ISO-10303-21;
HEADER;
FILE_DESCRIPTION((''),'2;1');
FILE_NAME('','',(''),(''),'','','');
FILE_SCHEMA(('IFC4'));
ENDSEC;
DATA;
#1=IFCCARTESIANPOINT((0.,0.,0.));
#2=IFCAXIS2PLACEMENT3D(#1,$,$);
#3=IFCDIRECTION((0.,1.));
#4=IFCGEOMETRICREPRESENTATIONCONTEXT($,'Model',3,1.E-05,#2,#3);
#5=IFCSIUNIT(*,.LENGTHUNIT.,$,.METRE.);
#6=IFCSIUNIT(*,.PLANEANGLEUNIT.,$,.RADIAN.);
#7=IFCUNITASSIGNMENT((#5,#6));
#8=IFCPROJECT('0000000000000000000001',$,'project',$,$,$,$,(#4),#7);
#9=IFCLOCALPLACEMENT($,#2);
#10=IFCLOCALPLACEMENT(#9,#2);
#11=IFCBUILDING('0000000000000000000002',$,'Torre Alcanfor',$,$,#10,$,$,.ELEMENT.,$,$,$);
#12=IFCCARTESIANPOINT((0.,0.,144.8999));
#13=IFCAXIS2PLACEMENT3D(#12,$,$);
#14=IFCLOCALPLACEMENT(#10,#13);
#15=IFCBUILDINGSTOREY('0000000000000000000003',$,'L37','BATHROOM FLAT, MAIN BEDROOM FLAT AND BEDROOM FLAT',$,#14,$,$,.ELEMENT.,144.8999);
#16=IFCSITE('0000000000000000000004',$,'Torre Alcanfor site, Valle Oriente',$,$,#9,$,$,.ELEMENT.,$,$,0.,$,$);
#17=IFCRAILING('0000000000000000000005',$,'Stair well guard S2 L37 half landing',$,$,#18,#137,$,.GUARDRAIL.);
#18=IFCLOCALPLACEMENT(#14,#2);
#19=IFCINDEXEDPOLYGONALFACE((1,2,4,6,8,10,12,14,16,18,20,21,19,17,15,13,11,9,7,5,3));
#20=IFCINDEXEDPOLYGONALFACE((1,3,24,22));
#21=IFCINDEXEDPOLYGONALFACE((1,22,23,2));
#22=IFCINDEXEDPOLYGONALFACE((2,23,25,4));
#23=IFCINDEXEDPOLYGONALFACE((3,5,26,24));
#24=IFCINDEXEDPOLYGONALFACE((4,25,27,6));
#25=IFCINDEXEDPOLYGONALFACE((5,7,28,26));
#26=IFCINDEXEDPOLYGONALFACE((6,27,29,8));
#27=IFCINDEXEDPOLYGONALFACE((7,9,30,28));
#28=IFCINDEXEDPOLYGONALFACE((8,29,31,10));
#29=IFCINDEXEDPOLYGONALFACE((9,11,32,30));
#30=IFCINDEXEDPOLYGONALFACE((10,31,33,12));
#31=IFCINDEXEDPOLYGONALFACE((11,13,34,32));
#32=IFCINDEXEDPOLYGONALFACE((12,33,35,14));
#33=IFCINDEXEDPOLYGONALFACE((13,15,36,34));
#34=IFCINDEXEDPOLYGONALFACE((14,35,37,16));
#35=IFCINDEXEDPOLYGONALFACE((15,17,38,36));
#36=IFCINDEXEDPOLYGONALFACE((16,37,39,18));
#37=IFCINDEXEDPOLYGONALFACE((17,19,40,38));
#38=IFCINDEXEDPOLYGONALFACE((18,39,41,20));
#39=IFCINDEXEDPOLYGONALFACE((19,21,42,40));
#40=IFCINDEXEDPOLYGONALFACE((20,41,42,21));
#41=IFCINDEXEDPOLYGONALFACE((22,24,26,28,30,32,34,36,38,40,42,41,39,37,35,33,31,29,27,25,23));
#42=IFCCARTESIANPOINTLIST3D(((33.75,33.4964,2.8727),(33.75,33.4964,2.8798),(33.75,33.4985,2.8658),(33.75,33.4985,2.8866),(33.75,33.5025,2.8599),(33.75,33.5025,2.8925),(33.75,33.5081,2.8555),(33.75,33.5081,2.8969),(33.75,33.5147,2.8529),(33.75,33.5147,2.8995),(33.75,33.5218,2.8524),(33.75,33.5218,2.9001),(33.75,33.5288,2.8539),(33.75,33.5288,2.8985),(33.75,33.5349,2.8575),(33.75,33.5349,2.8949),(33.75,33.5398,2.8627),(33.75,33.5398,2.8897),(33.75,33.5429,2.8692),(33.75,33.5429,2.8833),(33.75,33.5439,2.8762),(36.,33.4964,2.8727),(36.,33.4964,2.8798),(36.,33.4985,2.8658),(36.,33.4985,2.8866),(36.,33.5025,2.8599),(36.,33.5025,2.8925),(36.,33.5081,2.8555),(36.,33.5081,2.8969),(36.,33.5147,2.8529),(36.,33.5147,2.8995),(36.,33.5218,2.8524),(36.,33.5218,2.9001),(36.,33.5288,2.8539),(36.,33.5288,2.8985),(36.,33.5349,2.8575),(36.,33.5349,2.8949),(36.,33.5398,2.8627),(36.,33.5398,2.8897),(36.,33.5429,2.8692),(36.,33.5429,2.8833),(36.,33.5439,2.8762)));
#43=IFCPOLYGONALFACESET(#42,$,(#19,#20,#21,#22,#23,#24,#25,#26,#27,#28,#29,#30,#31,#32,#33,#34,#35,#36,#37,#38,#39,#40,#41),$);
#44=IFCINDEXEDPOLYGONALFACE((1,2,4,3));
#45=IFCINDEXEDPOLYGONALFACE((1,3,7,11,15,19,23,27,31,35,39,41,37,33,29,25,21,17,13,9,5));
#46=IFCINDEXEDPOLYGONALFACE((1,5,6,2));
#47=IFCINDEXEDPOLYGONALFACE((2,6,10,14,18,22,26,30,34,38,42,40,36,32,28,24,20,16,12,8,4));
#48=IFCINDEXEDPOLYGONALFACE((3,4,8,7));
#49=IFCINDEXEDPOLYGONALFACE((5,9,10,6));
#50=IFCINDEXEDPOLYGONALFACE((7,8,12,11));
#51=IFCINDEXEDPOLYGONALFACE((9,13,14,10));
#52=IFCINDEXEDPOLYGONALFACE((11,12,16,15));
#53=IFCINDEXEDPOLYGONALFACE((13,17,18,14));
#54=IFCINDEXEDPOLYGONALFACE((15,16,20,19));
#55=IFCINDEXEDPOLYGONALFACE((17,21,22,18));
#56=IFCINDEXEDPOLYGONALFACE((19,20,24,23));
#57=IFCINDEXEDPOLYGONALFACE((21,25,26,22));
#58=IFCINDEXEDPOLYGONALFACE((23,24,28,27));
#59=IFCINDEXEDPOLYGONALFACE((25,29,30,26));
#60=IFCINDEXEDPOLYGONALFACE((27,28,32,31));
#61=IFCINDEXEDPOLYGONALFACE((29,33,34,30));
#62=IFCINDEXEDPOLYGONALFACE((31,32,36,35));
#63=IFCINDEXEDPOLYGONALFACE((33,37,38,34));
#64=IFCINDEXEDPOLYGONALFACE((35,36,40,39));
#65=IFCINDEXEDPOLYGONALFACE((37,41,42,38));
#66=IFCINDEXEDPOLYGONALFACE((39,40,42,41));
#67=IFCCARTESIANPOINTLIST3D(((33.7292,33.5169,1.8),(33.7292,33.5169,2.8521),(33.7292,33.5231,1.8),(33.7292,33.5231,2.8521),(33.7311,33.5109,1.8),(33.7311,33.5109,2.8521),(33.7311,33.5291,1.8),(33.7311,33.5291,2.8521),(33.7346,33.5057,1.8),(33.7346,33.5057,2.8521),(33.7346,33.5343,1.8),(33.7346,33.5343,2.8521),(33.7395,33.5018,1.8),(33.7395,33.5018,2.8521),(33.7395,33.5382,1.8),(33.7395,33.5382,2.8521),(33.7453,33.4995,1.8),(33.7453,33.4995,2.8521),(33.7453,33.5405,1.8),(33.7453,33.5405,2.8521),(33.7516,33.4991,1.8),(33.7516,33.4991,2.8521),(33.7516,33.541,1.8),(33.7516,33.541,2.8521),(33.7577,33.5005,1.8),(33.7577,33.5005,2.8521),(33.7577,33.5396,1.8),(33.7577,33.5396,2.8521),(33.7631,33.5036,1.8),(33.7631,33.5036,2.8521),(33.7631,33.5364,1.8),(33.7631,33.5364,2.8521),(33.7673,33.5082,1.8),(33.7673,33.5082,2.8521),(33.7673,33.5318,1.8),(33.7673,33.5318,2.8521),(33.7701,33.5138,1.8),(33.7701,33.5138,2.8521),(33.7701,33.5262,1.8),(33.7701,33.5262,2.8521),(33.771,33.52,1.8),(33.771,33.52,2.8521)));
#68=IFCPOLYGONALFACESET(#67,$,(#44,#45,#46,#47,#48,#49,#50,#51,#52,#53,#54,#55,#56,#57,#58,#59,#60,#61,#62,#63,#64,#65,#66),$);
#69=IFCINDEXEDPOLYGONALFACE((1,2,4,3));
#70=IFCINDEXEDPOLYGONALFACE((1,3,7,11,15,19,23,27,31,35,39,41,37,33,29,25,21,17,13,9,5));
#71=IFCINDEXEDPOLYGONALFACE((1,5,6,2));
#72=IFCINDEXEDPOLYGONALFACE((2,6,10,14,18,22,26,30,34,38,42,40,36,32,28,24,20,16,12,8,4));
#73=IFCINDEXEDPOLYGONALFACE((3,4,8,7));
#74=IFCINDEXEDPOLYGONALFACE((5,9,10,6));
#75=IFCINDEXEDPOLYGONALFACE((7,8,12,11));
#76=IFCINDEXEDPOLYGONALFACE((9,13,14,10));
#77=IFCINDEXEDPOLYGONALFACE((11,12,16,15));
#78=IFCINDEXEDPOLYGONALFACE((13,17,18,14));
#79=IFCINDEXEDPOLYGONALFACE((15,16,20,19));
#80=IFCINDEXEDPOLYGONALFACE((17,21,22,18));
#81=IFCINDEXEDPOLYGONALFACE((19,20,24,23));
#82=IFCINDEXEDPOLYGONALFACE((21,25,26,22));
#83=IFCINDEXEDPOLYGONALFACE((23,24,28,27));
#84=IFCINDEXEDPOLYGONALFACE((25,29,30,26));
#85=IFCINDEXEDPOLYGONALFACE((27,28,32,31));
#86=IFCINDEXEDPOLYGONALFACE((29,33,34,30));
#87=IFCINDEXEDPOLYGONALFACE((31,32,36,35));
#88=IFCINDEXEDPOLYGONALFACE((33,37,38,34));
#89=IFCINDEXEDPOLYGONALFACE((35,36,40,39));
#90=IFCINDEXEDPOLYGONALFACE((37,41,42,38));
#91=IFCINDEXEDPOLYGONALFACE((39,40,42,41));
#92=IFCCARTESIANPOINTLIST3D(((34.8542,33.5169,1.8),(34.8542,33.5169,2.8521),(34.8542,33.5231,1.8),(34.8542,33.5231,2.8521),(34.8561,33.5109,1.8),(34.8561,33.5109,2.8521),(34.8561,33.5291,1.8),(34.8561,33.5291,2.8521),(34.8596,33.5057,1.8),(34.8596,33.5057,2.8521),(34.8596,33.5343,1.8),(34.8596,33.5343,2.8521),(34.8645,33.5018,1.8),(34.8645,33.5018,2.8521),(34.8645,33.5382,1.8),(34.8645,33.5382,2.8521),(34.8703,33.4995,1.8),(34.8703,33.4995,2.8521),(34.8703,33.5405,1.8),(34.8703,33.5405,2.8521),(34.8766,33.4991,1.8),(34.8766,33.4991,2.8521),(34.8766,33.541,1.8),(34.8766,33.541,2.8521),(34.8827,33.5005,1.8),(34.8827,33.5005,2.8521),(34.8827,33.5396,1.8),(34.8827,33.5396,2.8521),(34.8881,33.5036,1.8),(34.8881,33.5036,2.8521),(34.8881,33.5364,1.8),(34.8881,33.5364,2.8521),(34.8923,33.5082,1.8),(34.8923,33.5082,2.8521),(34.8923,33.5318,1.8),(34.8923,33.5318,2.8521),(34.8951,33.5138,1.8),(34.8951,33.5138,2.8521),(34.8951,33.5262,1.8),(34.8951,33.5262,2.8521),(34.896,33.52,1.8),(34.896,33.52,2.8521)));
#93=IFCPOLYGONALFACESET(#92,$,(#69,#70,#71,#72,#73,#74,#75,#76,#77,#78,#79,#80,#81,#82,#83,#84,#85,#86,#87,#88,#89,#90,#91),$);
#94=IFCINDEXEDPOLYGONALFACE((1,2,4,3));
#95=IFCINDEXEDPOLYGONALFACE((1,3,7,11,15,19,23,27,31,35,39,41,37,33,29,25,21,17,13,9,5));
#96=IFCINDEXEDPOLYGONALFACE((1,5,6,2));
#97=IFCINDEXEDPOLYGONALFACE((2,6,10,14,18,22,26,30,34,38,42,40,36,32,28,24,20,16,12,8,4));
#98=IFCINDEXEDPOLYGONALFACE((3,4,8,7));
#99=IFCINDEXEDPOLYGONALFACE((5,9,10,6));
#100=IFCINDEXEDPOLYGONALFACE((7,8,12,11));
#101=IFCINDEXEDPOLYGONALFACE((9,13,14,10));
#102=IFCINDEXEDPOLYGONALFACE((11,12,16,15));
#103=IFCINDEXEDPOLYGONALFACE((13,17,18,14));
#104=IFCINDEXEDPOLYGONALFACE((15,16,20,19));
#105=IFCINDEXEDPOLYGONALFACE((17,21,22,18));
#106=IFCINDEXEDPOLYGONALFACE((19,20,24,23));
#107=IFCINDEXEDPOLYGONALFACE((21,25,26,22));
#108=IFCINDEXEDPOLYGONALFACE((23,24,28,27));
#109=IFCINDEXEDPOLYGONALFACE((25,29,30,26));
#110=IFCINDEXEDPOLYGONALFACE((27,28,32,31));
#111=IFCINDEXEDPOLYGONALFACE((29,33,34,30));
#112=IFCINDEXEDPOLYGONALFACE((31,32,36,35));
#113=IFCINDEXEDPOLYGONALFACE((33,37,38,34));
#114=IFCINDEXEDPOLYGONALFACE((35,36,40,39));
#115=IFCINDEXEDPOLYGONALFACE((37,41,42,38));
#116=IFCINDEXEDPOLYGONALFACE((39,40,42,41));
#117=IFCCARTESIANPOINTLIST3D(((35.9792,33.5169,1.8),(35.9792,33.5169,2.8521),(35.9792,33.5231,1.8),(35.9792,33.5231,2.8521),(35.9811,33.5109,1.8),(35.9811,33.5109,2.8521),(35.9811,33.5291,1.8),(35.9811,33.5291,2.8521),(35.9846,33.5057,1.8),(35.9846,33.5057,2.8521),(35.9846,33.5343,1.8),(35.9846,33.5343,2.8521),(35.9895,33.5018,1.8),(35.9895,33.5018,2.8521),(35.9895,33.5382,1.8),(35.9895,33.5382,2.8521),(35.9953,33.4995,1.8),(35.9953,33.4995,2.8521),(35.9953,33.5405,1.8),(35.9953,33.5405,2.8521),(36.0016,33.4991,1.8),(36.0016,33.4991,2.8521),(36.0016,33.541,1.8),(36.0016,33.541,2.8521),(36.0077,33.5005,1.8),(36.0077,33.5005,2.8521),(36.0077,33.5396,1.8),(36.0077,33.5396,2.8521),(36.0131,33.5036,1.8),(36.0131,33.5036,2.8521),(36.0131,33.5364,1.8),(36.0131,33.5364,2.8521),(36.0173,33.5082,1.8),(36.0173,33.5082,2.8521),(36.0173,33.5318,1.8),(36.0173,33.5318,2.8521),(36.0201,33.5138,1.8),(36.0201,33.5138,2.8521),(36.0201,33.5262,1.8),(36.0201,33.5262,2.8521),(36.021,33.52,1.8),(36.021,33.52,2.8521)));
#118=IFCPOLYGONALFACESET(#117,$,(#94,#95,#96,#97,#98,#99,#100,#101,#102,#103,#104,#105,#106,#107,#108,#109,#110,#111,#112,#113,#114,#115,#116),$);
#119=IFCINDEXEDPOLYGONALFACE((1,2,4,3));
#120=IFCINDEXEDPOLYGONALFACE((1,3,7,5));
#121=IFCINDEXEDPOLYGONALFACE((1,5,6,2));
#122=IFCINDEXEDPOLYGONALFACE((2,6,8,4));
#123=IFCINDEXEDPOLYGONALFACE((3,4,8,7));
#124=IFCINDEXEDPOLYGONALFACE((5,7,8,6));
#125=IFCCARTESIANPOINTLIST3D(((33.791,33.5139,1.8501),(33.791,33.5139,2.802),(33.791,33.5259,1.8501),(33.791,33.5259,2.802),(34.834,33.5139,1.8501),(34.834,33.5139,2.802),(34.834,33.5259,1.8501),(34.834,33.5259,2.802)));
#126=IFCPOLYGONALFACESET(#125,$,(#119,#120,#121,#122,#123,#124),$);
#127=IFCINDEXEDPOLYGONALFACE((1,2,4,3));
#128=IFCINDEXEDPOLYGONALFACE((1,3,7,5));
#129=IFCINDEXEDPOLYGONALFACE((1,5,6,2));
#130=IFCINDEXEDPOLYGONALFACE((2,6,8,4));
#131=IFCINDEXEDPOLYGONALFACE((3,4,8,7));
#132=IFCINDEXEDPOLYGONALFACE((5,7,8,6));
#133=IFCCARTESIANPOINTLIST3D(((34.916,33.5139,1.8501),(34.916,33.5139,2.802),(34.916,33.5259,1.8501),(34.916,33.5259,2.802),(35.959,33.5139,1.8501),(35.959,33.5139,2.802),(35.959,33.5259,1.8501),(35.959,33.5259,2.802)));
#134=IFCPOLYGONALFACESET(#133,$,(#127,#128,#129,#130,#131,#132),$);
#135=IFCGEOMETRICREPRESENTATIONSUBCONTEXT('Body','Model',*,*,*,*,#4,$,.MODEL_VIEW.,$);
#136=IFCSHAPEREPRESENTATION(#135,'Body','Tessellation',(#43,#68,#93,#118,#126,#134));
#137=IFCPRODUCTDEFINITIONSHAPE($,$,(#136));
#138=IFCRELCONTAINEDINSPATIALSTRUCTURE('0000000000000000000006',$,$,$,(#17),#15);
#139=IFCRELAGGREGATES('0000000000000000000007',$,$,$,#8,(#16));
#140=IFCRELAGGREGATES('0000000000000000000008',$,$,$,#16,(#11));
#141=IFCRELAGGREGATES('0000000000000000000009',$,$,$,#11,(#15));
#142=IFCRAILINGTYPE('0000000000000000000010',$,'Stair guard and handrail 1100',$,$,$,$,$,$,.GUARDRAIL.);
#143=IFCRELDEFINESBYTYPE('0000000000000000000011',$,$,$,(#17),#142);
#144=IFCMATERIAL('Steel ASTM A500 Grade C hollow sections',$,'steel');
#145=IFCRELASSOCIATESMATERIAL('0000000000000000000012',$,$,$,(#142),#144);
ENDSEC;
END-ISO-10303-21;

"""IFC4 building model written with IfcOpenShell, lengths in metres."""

from ifc_helpers import new_model, si_unit, direction, frame, origin, origin_2d, place, context, subcontext, project, spatial, polyline, circle, outline, extrude, material, type_object, element, save


model = new_model("IFC4")

# Units and contexts
model_context = context("Model", 3, precision=1e-05, world=origin(), true_north=direction((0.0, 1.0)))
body_context = subcontext(model_context, "Body", "Model", "MODEL_VIEW")
ifc_project = project(units=[si_unit("LENGTHUNIT", "METRE"), si_unit("PLANEANGLEUNIT", "RADIAN")], contexts=[model_context])

# Site, building, storey
site_placement = place(None, origin())
site = spatial("IfcSite", under=ifc_project, at=site_placement, Name="Torre Alcanfor site, Valle Oriente", CompositionType="ELEMENT", RefElevation=0.0)
building_placement = place(site_placement, origin())
building = spatial("IfcBuilding", under=site, at=building_placement, Name="Torre Alcanfor", CompositionType="ELEMENT")
storey_placement = place(building_placement, frame((0.0, 0.0, 144.8999)))
storey = spatial("IfcBuildingStorey", under=building, at=storey_placement, Name="L37", Description="BATHROOM FLAT, MAIN BEDROOM FLAT AND BEDROOM FLAT", CompositionType="ELEMENT", Elevation=144.8999)

# Railing
ifc_material_1 = material(Name="Steel ASTM A500 Grade C hollow sections", Category="steel")
railing_type_1 = type_object("IfcRailingType", Name="Stair guard and handrail 1100", PredefinedType="GUARDRAIL", material=ifc_material_1)
for number, where, name in (
    (1, (33.75, 33.52, 1.8), "Stair well guard S2 L37 half landing"),
):
    element("IfcRailing", number, at=place(storey_placement, frame(where)), inside=storey, type_object=railing_type_1, Name=name, PredefinedType="GUARDRAIL", context=body_context, shape_type="SweptSolid", body=[
        extrude(circle(Radius=0.0239, at=origin_2d()), frame((0.0, 0.0, 1.0762), z_axis=(1.0, 0.0, 0.0), x_axis=(0.0, 1.0, 0.0)), (0.0, 0.0, 1.0), 2.25),
        extrude(circle(Radius=0.021, at=origin_2d()), origin(), (0.0, 0.0, 1.0), 1.052),
        extrude(circle(Radius=0.021, at=origin_2d()), frame((1.125, 0.0, 0.0)), (0.0, 0.0, 1.0), 1.052),
        extrude(circle(Radius=0.021, at=origin_2d()), frame((2.25, 0.0, 0.0)), (0.0, 0.0, 1.0), 1.052),
        extrude(outline(polyline([(0.041, 0.05), (1.084, 0.05), (1.084, 1.002), (0.041, 1.002), (0.041, 0.05)])), frame((0.0, 0.0059, 0.0), z_axis=(0.0, -1.0, 0.0), x_axis=(1.0, 0.0, 0.0)), (0.0, 0.0, 1.0), 0.012),
        extrude(outline(polyline([(1.166, 0.05), (2.209, 0.05), (2.209, 1.002), (1.166, 1.002), (1.166, 0.05)])), frame((0.0, 0.0059, 0.0), z_axis=(0.0, -1.0, 0.0), x_axis=(1.0, 0.0, 0.0)), (0.0, 0.0, 1.0), 0.012),
    ])

save(model, "model.ifc")
